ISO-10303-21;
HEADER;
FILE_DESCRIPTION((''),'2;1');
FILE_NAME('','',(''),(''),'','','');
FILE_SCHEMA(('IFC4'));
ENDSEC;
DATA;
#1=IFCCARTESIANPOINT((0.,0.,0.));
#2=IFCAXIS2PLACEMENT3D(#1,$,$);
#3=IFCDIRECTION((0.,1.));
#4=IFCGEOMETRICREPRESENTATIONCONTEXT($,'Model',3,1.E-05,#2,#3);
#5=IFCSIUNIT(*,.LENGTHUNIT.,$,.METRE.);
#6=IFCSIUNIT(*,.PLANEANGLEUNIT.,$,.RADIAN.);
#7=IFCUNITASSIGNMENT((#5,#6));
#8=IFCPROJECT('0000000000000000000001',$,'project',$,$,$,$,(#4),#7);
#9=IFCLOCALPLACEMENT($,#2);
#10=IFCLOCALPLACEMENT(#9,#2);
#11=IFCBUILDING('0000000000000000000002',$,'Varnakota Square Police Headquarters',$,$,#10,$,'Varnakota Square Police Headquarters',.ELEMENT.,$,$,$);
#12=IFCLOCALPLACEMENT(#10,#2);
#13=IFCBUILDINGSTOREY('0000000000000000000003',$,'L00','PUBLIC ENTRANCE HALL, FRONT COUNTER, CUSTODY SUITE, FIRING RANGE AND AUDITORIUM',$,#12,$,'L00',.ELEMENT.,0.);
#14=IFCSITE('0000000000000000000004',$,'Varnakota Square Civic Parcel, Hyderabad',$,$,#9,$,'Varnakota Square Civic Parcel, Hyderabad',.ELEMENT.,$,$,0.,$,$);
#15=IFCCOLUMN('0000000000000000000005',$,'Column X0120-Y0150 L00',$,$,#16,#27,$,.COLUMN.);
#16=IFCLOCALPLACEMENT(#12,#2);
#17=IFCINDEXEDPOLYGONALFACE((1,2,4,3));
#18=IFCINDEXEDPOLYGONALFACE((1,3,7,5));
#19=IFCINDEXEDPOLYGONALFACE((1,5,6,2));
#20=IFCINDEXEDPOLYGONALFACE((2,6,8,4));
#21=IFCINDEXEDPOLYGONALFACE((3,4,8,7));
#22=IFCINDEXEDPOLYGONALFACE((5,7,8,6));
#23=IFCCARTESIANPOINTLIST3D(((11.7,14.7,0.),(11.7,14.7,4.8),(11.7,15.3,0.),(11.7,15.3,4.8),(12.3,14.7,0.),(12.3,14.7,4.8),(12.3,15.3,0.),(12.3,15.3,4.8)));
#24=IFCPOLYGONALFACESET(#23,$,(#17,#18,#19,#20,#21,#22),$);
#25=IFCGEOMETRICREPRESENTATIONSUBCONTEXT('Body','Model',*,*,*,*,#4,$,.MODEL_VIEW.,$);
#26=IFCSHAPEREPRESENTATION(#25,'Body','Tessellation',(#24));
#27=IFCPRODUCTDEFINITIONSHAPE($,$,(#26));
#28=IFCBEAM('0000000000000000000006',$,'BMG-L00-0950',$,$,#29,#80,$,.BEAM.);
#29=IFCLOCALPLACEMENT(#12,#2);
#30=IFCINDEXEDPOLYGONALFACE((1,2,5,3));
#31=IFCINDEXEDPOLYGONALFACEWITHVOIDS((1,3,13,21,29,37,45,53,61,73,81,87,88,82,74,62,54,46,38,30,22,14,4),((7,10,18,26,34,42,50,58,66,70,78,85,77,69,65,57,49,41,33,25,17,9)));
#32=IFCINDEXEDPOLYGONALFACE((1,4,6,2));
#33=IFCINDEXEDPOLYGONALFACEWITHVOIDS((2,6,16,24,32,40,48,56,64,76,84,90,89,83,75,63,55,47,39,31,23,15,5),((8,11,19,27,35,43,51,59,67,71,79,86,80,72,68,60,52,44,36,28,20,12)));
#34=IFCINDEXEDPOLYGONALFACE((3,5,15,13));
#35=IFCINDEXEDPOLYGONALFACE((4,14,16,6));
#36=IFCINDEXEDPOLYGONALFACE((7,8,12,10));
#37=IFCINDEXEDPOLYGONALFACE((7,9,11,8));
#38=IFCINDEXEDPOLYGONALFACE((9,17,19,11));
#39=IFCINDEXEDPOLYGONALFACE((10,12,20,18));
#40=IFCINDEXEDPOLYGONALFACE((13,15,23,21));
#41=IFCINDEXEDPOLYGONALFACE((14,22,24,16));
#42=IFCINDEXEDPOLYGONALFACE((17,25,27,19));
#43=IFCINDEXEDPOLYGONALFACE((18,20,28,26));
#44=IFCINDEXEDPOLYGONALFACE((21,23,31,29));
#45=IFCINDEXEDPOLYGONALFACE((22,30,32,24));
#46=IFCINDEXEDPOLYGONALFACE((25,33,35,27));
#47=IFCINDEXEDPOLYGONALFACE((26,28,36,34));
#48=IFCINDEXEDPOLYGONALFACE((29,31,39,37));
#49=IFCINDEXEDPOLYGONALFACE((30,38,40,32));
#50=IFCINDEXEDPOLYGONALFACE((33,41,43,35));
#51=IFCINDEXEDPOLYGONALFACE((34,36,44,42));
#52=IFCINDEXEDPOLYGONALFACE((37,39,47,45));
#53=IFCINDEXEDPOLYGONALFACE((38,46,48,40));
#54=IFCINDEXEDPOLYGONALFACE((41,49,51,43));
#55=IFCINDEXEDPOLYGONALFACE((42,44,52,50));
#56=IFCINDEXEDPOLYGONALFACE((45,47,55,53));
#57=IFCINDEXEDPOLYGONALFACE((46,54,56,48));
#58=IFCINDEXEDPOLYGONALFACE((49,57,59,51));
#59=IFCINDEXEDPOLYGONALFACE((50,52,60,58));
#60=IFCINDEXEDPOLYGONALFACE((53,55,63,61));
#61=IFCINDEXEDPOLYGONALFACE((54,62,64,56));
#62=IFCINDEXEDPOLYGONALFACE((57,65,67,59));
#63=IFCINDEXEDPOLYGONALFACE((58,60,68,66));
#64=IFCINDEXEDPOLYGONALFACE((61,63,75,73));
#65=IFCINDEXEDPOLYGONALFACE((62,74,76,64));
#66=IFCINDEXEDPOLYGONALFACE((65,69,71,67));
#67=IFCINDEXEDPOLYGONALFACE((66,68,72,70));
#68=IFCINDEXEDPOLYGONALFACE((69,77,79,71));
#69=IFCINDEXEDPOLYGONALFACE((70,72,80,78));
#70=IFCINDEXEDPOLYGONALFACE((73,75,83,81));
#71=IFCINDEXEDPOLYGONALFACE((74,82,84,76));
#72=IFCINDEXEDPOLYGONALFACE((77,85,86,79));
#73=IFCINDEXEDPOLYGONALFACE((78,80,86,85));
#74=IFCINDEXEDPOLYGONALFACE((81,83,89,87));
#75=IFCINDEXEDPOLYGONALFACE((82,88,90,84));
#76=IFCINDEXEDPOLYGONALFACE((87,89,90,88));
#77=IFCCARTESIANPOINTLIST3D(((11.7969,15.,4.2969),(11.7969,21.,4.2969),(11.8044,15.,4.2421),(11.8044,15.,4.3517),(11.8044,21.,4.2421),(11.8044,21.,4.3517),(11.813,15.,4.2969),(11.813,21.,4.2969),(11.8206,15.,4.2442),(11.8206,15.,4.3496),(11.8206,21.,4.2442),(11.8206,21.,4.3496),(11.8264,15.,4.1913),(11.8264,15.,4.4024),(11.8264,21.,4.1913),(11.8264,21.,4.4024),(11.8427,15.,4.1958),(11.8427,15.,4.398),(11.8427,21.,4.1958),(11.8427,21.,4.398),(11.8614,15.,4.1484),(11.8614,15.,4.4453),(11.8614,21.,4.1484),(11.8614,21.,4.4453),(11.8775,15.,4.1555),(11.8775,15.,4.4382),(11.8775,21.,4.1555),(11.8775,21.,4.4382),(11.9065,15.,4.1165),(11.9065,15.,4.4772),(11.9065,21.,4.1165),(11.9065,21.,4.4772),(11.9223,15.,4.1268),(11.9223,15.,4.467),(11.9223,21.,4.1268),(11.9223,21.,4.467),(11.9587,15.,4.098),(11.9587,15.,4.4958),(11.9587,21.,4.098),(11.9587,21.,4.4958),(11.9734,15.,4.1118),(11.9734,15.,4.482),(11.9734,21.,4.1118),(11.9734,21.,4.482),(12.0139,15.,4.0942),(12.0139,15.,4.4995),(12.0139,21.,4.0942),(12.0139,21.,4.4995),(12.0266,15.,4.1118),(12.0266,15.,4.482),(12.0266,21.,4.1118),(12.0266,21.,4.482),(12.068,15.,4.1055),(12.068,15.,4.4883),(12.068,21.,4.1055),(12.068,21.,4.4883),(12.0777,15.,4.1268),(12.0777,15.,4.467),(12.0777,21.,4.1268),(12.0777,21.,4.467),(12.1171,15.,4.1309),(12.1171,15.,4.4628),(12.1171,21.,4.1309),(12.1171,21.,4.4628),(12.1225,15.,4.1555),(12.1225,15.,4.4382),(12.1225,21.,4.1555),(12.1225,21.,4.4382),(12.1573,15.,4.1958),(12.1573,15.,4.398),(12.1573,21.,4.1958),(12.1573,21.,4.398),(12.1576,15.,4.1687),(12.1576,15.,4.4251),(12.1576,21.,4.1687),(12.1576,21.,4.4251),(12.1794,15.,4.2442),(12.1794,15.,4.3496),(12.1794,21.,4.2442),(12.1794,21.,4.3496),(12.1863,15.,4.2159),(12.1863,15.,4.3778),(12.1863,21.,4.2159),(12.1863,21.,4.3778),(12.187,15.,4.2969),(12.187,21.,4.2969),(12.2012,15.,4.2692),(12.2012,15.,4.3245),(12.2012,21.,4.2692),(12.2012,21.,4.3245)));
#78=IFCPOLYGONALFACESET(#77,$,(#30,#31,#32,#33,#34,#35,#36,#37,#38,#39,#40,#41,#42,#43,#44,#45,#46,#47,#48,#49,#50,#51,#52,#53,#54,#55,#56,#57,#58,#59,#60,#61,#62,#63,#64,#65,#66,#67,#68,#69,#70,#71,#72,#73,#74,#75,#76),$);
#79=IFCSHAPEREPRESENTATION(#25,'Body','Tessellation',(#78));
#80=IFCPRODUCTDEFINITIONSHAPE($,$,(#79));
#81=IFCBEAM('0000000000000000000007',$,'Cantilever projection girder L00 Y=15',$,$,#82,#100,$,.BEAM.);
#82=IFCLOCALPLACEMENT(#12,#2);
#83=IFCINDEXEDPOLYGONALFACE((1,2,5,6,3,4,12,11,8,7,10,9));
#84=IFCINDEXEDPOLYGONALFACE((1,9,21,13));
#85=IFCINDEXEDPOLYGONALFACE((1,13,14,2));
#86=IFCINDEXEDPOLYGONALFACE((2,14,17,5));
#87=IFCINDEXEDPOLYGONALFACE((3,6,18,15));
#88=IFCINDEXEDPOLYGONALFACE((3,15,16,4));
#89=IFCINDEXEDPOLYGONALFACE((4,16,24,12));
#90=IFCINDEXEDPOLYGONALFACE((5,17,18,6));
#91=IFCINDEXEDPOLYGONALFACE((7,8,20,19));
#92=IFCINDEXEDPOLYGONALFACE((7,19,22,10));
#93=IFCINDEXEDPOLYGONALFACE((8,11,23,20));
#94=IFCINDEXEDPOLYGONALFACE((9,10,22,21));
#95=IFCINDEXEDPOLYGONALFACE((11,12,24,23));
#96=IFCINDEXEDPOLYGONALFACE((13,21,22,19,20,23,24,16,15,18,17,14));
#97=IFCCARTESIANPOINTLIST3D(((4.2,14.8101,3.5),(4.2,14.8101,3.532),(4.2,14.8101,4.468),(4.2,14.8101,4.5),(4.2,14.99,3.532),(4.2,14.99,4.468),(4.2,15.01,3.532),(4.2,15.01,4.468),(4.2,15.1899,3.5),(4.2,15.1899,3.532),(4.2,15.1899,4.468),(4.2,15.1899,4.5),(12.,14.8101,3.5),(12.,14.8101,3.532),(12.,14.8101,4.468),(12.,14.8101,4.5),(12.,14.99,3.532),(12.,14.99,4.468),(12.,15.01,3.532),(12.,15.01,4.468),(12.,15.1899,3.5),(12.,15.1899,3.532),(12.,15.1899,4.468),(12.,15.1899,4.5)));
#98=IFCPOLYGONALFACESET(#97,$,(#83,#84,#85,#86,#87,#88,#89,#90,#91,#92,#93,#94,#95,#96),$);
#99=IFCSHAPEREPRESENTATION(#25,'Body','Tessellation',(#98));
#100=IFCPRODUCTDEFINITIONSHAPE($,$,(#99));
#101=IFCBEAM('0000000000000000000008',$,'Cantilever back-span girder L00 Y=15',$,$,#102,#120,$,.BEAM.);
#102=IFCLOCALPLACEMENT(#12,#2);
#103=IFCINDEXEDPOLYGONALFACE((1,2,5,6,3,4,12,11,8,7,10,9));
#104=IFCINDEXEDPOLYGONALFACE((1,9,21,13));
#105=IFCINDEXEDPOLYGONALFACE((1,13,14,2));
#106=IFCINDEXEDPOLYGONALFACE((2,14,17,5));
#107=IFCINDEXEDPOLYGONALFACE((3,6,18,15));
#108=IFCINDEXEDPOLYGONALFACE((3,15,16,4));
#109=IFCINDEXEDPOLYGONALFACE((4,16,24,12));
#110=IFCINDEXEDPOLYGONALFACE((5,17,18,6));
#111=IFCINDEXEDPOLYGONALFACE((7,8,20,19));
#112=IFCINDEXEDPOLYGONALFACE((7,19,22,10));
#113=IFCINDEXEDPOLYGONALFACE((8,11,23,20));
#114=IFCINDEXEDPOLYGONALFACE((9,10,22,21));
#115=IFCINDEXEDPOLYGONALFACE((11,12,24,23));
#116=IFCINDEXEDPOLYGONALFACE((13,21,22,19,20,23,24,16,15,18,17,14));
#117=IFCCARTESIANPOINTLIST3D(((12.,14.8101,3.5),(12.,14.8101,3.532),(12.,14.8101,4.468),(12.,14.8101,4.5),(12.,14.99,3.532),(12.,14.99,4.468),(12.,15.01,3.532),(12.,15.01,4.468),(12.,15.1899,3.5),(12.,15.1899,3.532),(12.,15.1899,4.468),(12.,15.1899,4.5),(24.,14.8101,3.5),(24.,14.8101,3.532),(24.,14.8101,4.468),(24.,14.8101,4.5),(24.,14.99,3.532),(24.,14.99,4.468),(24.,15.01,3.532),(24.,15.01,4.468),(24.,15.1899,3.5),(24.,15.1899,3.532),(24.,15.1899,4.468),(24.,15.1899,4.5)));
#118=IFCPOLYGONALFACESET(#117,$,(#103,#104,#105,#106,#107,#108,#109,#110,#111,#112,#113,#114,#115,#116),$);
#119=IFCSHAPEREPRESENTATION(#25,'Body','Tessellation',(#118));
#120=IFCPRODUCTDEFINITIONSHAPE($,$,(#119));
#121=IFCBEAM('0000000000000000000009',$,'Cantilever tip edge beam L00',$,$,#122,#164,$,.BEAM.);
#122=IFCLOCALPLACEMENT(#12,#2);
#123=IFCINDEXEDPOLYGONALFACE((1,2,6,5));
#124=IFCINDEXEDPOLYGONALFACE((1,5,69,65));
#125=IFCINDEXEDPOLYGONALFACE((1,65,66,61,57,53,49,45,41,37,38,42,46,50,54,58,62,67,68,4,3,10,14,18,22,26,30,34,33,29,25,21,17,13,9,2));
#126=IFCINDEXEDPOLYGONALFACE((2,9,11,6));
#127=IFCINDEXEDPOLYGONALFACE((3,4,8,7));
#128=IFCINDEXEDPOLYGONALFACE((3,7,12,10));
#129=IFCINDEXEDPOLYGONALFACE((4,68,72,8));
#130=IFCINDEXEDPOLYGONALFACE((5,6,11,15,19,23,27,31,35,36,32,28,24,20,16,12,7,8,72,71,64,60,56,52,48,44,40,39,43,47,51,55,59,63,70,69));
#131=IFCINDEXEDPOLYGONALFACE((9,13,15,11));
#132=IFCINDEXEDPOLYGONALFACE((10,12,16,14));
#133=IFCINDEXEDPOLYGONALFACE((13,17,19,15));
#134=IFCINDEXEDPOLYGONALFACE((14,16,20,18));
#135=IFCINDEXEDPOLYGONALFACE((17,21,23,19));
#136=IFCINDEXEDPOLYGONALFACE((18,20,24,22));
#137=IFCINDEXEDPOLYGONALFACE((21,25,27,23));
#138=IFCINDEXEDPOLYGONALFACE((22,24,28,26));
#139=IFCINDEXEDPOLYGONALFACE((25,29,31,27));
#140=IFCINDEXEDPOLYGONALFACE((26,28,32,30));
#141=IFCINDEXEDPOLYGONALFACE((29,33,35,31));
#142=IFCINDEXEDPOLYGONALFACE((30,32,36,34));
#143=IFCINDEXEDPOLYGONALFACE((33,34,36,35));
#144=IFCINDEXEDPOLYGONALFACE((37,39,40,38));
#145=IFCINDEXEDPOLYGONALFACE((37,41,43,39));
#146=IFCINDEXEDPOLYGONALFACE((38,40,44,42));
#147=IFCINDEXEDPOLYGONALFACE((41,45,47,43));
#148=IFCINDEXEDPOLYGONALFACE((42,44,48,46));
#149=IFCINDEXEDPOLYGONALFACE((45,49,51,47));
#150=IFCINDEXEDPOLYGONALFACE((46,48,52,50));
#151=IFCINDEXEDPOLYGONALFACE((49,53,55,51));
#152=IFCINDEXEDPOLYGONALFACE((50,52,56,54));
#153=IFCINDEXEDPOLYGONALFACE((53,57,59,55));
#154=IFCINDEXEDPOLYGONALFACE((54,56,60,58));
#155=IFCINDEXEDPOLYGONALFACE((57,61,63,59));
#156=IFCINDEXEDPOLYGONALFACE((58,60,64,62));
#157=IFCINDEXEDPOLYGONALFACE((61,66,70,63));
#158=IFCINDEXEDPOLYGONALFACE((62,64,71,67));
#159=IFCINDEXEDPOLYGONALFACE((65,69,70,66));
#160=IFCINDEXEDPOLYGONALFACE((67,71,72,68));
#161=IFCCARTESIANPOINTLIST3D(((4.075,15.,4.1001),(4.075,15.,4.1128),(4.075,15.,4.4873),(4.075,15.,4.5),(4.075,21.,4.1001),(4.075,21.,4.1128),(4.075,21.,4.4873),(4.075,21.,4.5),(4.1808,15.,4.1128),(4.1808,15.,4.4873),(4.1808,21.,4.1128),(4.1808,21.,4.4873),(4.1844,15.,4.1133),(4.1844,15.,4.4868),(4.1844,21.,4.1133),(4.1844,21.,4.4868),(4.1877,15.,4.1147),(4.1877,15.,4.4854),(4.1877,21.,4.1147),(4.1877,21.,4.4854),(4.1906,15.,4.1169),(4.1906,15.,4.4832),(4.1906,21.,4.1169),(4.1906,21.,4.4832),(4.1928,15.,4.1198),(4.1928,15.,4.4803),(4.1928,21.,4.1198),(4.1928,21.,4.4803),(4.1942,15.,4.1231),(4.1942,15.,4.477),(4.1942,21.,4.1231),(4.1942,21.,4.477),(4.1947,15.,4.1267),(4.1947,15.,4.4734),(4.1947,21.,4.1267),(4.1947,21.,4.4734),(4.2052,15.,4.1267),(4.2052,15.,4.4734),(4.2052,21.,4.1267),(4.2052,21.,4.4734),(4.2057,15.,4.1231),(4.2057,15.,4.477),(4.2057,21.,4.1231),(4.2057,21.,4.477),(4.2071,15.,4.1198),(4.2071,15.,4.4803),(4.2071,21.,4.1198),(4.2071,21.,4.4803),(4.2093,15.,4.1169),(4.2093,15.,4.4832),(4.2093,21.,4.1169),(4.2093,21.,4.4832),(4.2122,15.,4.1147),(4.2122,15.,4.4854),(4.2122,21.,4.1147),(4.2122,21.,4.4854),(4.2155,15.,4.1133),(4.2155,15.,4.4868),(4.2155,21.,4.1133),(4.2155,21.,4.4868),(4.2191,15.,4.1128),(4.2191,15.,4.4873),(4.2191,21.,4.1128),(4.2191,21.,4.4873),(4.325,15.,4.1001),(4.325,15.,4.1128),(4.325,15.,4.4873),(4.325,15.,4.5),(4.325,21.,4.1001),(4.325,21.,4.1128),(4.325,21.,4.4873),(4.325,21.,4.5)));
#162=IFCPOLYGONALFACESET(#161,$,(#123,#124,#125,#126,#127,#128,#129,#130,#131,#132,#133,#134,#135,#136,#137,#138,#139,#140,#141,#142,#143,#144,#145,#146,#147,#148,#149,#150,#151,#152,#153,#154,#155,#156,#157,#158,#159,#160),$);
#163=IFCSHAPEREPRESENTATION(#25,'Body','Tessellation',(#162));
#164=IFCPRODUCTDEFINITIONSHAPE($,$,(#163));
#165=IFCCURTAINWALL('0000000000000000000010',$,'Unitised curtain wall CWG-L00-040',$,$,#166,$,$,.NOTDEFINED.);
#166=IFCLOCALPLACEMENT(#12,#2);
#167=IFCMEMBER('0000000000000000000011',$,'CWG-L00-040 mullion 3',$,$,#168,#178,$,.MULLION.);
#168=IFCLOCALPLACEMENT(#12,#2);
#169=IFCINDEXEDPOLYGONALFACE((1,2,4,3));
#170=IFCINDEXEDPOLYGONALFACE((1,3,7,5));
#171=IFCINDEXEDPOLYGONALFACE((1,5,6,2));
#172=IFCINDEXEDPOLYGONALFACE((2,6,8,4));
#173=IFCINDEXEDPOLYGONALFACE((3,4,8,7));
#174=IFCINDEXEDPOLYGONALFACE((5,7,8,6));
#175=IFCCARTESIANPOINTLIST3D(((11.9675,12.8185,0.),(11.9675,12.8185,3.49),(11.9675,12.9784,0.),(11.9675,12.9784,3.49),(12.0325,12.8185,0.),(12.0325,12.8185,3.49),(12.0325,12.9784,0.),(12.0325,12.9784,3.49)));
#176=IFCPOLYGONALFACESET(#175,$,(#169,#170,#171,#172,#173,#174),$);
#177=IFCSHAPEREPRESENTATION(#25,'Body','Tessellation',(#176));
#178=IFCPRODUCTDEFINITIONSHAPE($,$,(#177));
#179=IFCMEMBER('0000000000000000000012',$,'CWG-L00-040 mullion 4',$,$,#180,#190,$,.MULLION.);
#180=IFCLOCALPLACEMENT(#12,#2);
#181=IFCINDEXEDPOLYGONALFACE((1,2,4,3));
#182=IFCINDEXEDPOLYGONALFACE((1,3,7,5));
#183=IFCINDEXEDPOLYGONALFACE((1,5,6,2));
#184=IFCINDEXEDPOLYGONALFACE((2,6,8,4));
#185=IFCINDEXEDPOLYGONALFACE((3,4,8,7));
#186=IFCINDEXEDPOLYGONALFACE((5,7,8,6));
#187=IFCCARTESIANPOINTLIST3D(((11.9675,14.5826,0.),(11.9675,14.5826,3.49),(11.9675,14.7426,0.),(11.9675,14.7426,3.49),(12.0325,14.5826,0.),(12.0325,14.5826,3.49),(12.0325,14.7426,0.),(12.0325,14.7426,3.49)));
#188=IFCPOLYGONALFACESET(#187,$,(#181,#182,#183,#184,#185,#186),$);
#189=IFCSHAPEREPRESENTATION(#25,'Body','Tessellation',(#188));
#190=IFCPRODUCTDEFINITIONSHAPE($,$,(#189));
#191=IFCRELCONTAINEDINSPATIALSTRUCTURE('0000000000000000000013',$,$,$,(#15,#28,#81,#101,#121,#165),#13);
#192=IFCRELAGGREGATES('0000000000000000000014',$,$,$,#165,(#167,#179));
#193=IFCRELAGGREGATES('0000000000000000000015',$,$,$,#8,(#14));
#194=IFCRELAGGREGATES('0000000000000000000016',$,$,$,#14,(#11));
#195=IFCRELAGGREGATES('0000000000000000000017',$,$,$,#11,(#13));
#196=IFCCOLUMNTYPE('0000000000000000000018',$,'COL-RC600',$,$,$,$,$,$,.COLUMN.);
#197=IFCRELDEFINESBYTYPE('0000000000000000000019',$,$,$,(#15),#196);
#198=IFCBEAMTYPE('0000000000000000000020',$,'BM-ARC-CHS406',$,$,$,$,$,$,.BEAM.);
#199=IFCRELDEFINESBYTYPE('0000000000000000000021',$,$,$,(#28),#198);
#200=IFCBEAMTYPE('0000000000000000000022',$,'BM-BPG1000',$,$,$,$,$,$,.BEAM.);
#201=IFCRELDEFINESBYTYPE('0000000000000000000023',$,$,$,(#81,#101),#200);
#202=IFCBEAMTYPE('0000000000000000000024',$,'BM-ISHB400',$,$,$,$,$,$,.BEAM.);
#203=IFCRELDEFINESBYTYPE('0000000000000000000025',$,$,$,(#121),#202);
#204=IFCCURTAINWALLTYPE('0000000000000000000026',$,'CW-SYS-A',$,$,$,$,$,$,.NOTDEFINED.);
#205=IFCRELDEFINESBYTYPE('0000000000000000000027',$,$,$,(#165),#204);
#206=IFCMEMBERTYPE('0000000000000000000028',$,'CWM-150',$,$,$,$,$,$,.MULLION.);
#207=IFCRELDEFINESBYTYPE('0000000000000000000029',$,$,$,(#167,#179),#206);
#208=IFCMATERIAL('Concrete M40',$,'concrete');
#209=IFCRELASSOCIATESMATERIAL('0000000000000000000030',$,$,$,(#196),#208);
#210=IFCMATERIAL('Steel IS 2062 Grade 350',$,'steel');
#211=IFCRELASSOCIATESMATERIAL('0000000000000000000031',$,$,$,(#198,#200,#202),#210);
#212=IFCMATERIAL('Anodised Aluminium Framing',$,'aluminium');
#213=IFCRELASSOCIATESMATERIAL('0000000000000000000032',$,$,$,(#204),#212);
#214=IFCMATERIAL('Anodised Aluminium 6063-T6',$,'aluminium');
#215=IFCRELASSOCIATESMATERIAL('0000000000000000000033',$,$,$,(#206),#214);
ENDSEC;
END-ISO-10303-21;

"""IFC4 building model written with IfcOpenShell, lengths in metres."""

from ifc_helpers import new_model, si_unit, direction, frame, origin, origin_2d, place, context, subcontext, project, spatial, rectangle, hollow_circle, i_section, extrude, material, material_profile, profile_set, type_object, element, aggregate, save


model = new_model("IFC4")

# Units and contexts
model_context = context("Model", 3, precision=1e-05, world=origin(), true_north=direction((0.0, 1.0)))
body_context = subcontext(model_context, "Body", "Model", "MODEL_VIEW")
ifc_project = project(units=[si_unit("LENGTHUNIT", "METRE"), si_unit("PLANEANGLEUNIT", "RADIAN")], contexts=[model_context])

# Site, building, storey
site_placement = place(None, origin())
site = spatial("IfcSite", under=ifc_project, at=site_placement, Name="Varnakota Square Civic Parcel, Hyderabad", LongName="Varnakota Square Civic Parcel, Hyderabad", CompositionType="ELEMENT", RefElevation=0.0)
building_placement = place(site_placement, origin())
building = spatial("IfcBuilding", under=site, at=building_placement, Name="Varnakota Square Police Headquarters", LongName="Varnakota Square Police Headquarters", CompositionType="ELEMENT")
storey_placement = place(building_placement, origin())
storey = spatial("IfcBuildingStorey", under=building, at=storey_placement, Name="L00", Description="PUBLIC ENTRANCE HALL, FRONT COUNTER, CUSTODY SUITE, FIRING RANGE AND AUDITORIUM", LongName="L00", CompositionType="ELEMENT", Elevation=0.0)

# Column
ifc_material_1 = material(Name="Concrete M40", Category="concrete")
ifc_material_profile_1 = material_profile(ifc_material_1, rectangle(XDim=0.6001, YDim=0.6001, at=origin_2d()), Name="RC 600x600")
ifc_profile_set_1 = profile_set([ifc_material_profile_1], Name="Concrete M40")
column_type = type_object("IfcColumnType", Name="COL-RC600", PredefinedType="COLUMN", material=ifc_profile_set_1)
column_placement = place(storey_placement, frame((12.0, 15.0, 0.0), z_axis=(0.0, 0.0, 1.0), x_axis=(1.0, 0.0, 0.0)))
element("IfcColumn", 1, at=column_placement, inside=storey, type_object=column_type, Name="Column X0120-Y0150 L00", PredefinedType="COLUMN", context=body_context, shape_type="SweptSolid", body=[
    extrude(rectangle(XDim=0.6001, YDim=0.6001, at=origin_2d()), origin(), (0.0, 0.0, 1.0), 4.8),
])

# Beams
ifc_material_2 = material(Name="Steel IS 2062 Grade 350", Category="steel")
ifc_material_profile_2 = material_profile(ifc_material_2, hollow_circle(Radius=0.2031, WallThickness=0.0161, at=origin_2d()), Name="CHS 406.4x16.0")
ifc_profile_set_2 = profile_set([ifc_material_profile_2], Name="Steel IS 2062 Grade 350")
beam_type_1 = type_object("IfcBeamType", Name="BM-ARC-CHS406", PredefinedType="BEAM", material=ifc_profile_set_2)
beam_1_placement = place(storey_placement, frame((12.0, 15.0, 4.2969), z_axis=(0.0, 1.0, 0.0), x_axis=(-1.0, 0.0, 0.0)))
element("IfcBeam", 2, at=beam_1_placement, inside=storey, type_object=beam_type_1, Name="BMG-L00-0950", PredefinedType="BEAM", context=body_context, shape_type="SweptSolid", body=[
    extrude(hollow_circle(Radius=0.2031, WallThickness=0.0161, at=origin_2d()), origin(), (0.0, 0.0, 1.0), 6.0),
])
ifc_material_profile_3 = material_profile(ifc_material_2, i_section(OverallWidth=0.3799, OverallDepth=1.0, WebThickness=0.02, FlangeThickness=0.032, at=origin_2d()), Name="BPG 1000x380")
ifc_profile_set_3 = profile_set([ifc_material_profile_3], Name="Steel IS 2062 Grade 350")
beam_type_2 = type_object("IfcBeamType", Name="BM-BPG1000", PredefinedType="BEAM", material=ifc_profile_set_3)
beam_2_placement = place(storey_placement, frame((4.2, 15.0, 4.0), z_axis=(1.0, 0.0, 0.0), x_axis=(0.0, 1.0, 0.0)))
element("IfcBeam", 3, at=beam_2_placement, inside=storey, type_object=beam_type_2, Name="Cantilever projection girder L00 Y=15", PredefinedType="BEAM", context=body_context, shape_type="SweptSolid", body=[
    extrude(i_section(OverallWidth=0.3799, OverallDepth=1.0, WebThickness=0.02, FlangeThickness=0.032, at=origin_2d()), origin(), (0.0, 0.0, 1.0), 7.8),
])
beam_3_placement = place(storey_placement, frame((12.0, 15.0, 4.0), z_axis=(1.0, 0.0, 0.0), x_axis=(0.0, 1.0, 0.0)))
element("IfcBeam", 4, at=beam_3_placement, inside=storey, type_object=beam_type_2, Name="Cantilever back-span girder L00 Y=15", PredefinedType="BEAM", context=body_context, shape_type="SweptSolid", body=[
    extrude(i_section(OverallWidth=0.3799, OverallDepth=1.0, WebThickness=0.02, FlangeThickness=0.032, at=origin_2d()), origin(), (0.0, 0.0, 1.0), 12.0),
])
ifc_material_profile_4 = material_profile(ifc_material_2, i_section(OverallWidth=0.25, OverallDepth=0.3999, WebThickness=0.0105, FlangeThickness=0.0127, FilletRadius=0.0139, at=origin_2d()), Name="ISHB 400")
ifc_profile_set_4 = profile_set([ifc_material_profile_4], Name="Steel IS 2062 Grade 350")
beam_type_3 = type_object("IfcBeamType", Name="BM-ISHB400", PredefinedType="BEAM", material=ifc_profile_set_4)
beam_4_placement = place(storey_placement, frame((4.2, 15.0, 4.3), z_axis=(0.0, 1.0, 0.0), x_axis=(-1.0, 0.0, 0.0)))
element("IfcBeam", 5, at=beam_4_placement, inside=storey, type_object=beam_type_3, Name="Cantilever tip edge beam L00", PredefinedType="BEAM", context=body_context, shape_type="SweptSolid", body=[
    extrude(i_section(OverallWidth=0.25, OverallDepth=0.3999, WebThickness=0.0105, FlangeThickness=0.0127, FilletRadius=0.0139, at=origin_2d()), origin(), (0.0, 0.0, 1.0), 6.0),
])

# Curtain wall, members
ifc_material_3 = material(Name="Anodised Aluminium Framing", Category="aluminium")
curtain_wall_type = type_object("IfcCurtainWallType", Name="CW-SYS-A", PredefinedType="NOTDEFINED", material=ifc_material_3)
curtain_wall_1_placement = place(storey_placement, origin())
curtain_wall_1 = element("IfcCurtainWall", 6, at=curtain_wall_1_placement, inside=storey, type_object=curtain_wall_type, Name="Unitised curtain wall CWG-L00-040", PredefinedType="NOTDEFINED")
ifc_material_4 = material(Name="Anodised Aluminium 6063-T6", Category="aluminium")
ifc_material_profile_5 = material_profile(ifc_material_4, rectangle(XDim=0.0649, YDim=0.1599, at=origin_2d()), Name="ALU MULLION 65x160")
ifc_profile_set_5 = profile_set([ifc_material_profile_5], Name="Anodised Aluminium 6063-T6")
member_type_1 = type_object("IfcMemberType", Name="CWM-150", PredefinedType="MULLION", material=ifc_profile_set_5)
member_1_placement = place(storey_placement, frame((12.0, 12.8984, 0.0), z_axis=(0.0, 0.0, 1.0), x_axis=(-1.0, 0.0, 0.0)))
member_1 = element("IfcMember", 7, at=member_1_placement, type_object=member_type_1, Name="CWG-L00-040 mullion 3", PredefinedType="MULLION", context=body_context, shape_type="SweptSolid", body=[
    extrude(rectangle(XDim=0.0649, YDim=0.1599, at=origin_2d()), origin(), (0.0, 0.0, 1.0), 3.49),
])
member_2_placement = place(storey_placement, frame((12.0, 14.6626, 0.0), z_axis=(0.0, 0.0, 1.0), x_axis=(-1.0, 0.0, 0.0)))
member_2 = element("IfcMember", 8, at=member_2_placement, type_object=member_type_1, Name="CWG-L00-040 mullion 4", PredefinedType="MULLION", context=body_context, shape_type="SweptSolid", body=[
    extrude(rectangle(XDim=0.0649, YDim=0.1599, at=origin_2d()), origin(), (0.0, 0.0, 1.0), 3.49),
])

aggregate(curtain_wall_1, [member_1, member_2])

save(model, "model.ifc")
